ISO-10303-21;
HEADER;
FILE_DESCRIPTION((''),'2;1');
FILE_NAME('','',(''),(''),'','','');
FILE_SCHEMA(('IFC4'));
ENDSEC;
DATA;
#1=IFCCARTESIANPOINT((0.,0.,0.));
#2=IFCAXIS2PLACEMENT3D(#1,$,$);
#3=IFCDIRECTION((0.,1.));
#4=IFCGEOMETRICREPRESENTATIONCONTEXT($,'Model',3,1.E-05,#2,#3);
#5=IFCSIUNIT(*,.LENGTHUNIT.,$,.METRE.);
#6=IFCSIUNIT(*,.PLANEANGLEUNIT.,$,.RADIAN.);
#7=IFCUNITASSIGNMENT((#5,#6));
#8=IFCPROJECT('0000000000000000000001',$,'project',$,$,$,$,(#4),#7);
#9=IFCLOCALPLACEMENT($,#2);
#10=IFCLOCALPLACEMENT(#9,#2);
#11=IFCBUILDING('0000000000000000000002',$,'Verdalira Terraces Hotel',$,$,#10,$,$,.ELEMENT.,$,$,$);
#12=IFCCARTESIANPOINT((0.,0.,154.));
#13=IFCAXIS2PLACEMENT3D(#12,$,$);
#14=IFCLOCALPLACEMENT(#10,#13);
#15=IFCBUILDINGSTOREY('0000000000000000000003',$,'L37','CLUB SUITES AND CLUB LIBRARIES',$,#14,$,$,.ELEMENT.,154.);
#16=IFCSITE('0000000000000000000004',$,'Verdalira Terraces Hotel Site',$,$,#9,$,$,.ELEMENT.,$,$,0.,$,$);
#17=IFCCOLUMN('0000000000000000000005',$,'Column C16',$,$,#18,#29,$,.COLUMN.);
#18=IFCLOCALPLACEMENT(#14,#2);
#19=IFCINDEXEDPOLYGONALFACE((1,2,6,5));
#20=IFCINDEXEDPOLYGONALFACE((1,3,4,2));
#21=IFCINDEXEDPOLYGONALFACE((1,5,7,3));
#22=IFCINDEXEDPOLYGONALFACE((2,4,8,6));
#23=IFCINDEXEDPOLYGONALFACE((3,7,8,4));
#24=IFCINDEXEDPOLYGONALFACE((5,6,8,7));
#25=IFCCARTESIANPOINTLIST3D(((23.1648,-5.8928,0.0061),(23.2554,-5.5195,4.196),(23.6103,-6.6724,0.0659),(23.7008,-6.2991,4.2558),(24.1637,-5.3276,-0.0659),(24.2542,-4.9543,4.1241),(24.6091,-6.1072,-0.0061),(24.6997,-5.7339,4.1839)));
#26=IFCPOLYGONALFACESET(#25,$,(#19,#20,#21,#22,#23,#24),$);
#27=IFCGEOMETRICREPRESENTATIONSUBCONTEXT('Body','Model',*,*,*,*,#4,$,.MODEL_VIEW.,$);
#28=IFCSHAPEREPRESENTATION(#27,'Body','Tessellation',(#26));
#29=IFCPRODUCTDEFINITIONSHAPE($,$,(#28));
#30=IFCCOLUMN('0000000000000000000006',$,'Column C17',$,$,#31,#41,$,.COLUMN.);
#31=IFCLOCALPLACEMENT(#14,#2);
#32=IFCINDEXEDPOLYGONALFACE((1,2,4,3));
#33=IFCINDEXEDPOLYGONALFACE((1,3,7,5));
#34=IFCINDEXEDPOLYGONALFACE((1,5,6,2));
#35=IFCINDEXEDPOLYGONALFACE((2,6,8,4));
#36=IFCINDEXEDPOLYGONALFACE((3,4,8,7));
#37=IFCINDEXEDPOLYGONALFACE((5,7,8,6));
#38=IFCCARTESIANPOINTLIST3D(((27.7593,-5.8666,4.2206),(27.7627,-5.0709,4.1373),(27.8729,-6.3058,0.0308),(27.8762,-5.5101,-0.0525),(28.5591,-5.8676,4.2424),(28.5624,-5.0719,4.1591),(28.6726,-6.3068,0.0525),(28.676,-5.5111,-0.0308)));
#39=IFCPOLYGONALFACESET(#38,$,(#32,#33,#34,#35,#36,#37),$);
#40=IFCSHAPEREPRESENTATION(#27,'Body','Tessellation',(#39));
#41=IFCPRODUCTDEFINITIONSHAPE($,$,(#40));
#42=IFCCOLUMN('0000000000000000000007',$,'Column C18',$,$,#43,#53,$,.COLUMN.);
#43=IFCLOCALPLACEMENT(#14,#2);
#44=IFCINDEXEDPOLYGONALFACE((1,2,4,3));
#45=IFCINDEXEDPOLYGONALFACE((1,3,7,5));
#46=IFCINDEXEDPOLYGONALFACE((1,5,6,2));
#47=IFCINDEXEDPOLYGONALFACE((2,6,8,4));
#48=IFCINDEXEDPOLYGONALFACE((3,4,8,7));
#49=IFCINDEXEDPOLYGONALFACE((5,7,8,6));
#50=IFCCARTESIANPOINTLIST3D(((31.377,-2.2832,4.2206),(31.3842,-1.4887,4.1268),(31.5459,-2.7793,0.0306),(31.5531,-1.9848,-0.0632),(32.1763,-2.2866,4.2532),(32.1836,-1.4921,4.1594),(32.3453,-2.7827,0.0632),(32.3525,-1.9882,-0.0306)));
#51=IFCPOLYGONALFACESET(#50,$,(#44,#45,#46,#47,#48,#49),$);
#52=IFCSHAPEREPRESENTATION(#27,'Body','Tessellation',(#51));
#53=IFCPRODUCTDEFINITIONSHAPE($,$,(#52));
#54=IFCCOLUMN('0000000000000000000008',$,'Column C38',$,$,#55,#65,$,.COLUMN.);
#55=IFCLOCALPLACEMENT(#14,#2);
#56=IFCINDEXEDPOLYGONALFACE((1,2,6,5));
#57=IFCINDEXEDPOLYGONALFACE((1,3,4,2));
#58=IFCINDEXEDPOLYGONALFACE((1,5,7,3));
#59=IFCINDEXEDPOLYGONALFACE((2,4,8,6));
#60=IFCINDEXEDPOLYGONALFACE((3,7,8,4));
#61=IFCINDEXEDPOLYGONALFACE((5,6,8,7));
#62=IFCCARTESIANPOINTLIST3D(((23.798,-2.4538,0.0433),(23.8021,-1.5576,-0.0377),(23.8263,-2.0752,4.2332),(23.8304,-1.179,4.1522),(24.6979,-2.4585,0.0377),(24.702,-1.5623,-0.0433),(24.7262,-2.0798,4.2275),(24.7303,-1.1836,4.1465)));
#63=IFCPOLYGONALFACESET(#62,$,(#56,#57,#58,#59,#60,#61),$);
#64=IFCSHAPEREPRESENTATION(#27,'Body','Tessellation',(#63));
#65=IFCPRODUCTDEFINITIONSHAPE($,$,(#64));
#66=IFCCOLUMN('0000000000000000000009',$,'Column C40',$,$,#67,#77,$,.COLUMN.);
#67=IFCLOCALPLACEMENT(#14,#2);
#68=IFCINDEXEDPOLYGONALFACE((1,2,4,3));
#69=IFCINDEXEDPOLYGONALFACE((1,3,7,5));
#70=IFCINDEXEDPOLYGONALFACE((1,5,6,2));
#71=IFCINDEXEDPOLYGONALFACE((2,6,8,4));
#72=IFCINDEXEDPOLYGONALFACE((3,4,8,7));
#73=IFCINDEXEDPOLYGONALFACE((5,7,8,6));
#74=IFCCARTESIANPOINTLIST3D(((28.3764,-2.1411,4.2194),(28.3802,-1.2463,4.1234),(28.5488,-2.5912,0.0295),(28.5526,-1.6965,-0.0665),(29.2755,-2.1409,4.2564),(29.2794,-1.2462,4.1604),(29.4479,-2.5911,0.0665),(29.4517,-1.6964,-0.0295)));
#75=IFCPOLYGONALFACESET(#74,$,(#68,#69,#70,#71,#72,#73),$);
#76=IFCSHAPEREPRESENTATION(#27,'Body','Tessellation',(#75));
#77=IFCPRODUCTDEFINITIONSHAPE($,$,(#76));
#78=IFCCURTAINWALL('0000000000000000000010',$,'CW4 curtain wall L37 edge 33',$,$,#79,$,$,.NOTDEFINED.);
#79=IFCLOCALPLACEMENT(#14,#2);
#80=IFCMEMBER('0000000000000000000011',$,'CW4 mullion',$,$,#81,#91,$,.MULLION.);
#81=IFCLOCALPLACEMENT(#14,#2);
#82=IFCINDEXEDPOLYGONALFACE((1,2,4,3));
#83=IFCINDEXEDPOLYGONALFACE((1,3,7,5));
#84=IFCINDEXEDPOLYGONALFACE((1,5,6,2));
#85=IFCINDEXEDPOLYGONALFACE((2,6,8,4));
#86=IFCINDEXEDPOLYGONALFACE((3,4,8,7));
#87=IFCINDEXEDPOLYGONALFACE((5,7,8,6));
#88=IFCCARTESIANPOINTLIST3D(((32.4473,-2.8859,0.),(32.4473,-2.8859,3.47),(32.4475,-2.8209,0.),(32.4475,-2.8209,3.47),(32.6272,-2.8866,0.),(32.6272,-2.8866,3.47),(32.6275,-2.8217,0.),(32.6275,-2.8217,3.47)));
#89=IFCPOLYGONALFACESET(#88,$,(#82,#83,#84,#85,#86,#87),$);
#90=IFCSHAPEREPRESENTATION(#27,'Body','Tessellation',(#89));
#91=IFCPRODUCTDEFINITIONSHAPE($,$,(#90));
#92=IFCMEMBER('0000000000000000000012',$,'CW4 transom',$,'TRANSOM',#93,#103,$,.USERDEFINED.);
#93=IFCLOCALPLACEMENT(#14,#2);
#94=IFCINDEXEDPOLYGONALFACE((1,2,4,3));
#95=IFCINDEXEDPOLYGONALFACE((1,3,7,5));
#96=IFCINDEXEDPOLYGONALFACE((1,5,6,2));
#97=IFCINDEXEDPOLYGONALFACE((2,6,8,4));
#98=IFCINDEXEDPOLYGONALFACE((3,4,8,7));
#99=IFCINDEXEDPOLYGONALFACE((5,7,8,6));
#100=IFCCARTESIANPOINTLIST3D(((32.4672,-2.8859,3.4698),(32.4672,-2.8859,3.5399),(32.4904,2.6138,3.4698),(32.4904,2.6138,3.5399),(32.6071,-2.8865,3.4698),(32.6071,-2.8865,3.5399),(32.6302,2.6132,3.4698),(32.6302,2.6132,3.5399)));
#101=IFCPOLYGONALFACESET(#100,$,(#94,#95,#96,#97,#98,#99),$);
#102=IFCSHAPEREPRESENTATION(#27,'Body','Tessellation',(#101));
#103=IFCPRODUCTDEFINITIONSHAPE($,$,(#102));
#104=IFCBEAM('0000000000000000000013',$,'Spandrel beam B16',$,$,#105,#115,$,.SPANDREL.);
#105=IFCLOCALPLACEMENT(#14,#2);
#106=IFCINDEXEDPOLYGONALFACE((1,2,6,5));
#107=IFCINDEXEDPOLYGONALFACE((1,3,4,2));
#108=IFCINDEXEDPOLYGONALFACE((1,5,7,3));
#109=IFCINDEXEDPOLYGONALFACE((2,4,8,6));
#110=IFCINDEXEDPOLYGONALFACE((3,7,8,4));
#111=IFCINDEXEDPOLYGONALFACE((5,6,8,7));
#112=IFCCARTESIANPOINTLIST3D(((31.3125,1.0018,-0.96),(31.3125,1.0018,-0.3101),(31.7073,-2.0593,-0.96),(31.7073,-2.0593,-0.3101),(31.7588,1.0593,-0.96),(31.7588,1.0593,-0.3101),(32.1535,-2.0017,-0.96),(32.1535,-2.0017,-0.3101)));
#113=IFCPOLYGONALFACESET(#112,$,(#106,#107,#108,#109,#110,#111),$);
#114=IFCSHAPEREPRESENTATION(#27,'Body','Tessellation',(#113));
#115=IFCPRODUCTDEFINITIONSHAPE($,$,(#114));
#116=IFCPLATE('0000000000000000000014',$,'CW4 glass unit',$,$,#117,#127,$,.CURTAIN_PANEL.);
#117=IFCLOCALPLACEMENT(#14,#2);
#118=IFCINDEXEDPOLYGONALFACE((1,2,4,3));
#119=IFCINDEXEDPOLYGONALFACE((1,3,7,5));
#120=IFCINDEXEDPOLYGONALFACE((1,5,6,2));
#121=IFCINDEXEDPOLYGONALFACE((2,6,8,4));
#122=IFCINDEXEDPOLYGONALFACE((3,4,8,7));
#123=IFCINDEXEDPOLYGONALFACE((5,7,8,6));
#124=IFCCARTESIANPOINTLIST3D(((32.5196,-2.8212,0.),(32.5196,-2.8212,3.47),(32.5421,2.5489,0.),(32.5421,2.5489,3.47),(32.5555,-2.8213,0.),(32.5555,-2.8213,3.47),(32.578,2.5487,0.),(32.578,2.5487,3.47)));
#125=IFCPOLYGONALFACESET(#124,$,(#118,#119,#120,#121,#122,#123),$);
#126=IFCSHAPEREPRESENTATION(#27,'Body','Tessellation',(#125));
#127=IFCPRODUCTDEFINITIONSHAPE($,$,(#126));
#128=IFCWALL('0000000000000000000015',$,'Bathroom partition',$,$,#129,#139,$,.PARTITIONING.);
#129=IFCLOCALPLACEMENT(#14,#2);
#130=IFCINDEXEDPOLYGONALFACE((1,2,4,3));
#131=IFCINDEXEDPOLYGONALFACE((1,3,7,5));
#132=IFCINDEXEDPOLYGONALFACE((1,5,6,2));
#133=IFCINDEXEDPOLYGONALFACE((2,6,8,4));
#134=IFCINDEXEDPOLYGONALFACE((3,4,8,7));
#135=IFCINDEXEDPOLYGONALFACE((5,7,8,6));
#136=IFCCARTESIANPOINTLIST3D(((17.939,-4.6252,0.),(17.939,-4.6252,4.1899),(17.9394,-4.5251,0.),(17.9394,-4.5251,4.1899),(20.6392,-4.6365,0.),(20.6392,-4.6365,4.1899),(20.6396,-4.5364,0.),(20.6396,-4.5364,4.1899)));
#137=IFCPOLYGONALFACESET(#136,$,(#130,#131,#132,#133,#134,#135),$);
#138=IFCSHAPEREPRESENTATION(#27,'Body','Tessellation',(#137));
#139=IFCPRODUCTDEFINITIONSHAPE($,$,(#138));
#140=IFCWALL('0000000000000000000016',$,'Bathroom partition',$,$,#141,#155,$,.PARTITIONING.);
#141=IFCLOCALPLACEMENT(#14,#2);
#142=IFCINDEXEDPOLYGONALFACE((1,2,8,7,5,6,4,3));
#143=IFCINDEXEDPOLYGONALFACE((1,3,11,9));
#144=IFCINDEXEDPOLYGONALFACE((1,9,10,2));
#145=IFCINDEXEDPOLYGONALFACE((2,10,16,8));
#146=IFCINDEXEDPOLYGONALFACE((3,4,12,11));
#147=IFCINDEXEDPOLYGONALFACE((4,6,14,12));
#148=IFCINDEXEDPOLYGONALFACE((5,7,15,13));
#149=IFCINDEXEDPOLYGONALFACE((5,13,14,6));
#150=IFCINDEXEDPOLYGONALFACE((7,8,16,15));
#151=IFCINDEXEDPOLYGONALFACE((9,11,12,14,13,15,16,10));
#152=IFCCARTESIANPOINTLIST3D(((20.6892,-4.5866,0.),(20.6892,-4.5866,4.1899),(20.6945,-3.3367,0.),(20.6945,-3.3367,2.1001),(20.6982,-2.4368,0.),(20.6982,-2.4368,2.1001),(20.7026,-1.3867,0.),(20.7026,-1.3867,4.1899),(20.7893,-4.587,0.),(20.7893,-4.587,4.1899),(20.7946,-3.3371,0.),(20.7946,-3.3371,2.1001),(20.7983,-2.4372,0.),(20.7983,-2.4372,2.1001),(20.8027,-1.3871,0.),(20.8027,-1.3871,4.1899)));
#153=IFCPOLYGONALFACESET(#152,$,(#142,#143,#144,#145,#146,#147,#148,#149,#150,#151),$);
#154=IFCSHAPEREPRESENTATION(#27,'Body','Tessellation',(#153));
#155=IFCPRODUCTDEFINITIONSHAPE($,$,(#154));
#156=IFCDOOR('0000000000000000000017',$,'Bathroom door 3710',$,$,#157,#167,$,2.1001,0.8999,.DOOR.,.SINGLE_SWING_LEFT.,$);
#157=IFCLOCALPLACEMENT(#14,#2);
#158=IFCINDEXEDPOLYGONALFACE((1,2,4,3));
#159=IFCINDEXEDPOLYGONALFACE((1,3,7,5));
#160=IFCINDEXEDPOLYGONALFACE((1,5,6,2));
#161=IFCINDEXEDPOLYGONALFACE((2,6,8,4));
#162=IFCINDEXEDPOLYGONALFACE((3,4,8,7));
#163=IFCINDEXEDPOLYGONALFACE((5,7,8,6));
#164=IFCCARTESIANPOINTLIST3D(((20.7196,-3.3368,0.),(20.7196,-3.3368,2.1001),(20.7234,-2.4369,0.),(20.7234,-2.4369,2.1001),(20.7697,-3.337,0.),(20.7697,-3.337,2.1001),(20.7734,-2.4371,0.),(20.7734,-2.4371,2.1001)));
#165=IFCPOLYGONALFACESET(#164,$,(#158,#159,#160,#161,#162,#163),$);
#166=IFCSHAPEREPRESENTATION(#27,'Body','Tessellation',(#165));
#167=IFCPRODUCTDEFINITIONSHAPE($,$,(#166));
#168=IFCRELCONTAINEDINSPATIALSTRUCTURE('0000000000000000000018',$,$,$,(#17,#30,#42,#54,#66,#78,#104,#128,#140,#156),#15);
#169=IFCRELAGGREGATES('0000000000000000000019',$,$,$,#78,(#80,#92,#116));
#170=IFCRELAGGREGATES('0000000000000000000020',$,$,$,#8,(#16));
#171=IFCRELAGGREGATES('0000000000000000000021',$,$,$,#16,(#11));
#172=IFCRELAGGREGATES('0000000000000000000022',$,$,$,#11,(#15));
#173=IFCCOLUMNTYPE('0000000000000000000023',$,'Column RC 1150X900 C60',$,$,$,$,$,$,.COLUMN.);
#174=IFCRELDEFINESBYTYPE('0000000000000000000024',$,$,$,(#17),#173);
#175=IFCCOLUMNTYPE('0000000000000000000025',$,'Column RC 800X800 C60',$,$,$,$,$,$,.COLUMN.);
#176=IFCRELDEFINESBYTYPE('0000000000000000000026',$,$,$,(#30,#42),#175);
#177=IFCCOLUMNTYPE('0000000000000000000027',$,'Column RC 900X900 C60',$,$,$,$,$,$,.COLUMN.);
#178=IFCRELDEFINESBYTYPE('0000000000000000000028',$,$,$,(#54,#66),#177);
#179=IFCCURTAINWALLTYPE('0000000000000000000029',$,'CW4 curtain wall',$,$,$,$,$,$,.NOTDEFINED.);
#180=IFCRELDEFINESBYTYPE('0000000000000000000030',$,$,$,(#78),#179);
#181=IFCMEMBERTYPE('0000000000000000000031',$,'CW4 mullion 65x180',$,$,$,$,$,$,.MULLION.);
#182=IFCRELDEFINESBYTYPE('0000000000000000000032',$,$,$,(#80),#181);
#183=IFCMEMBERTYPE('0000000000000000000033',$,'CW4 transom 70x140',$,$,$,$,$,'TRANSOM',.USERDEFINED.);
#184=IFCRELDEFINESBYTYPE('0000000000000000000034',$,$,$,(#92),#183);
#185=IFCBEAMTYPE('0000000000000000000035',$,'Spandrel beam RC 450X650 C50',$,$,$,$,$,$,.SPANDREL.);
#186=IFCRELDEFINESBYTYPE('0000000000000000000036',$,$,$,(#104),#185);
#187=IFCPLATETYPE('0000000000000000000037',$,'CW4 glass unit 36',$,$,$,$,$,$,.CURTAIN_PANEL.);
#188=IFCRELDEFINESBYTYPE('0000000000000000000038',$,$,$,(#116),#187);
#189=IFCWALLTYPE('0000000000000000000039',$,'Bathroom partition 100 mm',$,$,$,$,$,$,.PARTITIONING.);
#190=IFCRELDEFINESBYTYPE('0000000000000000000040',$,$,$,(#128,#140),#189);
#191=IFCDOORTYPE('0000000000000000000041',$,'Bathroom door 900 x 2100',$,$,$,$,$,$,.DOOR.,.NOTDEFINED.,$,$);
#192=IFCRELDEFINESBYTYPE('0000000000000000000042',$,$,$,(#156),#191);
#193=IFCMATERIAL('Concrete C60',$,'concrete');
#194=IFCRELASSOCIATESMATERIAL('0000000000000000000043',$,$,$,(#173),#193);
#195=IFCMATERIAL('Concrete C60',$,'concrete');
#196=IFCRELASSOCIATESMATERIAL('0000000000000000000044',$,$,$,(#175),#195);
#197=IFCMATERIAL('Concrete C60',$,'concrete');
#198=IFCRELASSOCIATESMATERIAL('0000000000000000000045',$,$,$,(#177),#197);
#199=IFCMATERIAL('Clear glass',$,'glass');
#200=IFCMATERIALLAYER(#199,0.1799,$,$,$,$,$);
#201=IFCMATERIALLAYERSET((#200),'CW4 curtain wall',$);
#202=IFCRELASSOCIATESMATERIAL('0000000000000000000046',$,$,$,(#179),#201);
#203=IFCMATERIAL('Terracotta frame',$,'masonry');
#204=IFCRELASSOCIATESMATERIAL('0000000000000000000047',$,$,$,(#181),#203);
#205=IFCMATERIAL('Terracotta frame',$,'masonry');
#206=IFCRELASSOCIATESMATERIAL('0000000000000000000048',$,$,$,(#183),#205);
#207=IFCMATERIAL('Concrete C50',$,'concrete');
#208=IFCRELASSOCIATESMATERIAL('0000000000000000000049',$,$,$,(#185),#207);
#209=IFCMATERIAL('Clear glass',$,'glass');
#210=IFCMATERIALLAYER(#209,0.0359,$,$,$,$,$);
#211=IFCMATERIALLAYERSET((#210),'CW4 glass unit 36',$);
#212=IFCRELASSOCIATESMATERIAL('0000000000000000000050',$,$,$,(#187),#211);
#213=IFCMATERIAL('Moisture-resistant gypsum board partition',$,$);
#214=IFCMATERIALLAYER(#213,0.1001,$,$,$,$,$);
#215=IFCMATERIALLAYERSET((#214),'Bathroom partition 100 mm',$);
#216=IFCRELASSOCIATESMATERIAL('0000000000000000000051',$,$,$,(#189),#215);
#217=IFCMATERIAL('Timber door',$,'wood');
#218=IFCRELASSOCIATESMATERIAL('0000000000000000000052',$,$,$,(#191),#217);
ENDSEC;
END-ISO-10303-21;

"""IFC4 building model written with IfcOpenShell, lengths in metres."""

from ifc_helpers import new_model, si_unit, direction, frame, frame_2d, origin, origin_2d, place, context, subcontext, project, spatial, rectangle, extrude, material, layer, layer_set, material_profile, profile_set, type_object, element, fill, aggregate, save


model = new_model("IFC4")

# Units and contexts
model_context = context("Model", 3, precision=1e-05, world=origin(), true_north=direction((0.0, 1.0)))
body_context = subcontext(model_context, "Body", "Model", "MODEL_VIEW")
ifc_project = project(units=[si_unit("LENGTHUNIT", "METRE"), si_unit("PLANEANGLEUNIT", "RADIAN")], contexts=[model_context])

# Site, building, storey
site_placement = place(None, origin())
site = spatial("IfcSite", under=ifc_project, at=site_placement, Name="Verdalira Terraces Hotel Site", CompositionType="ELEMENT", RefElevation=0.0)
building_placement = place(site_placement, origin())
building = spatial("IfcBuilding", under=site, at=building_placement, Name="Verdalira Terraces Hotel", CompositionType="ELEMENT")
storey_placement = place(building_placement, frame((0.0, 0.0, 154.0)))
storey = spatial("IfcBuildingStorey", under=building, at=storey_placement, Name="L37", Description="CLUB SUITES AND CLUB LIBRARIES", CompositionType="ELEMENT", Elevation=154.0)

# Columns
ifc_material_1 = material(Name="Concrete C60", Category="concrete")
ifc_material_profile_1 = material_profile(ifc_material_1, rectangle(XDim=1.1499, YDim=0.8999, at=origin_2d()), Name="RC 1150X900")
ifc_profile_set_1 = profile_set([ifc_material_profile_1], Name="Concrete C60")
column_type_1 = type_object("IfcColumnType", Name="Column RC 1150X900 C60", PredefinedType="COLUMN", material=ifc_profile_set_1)
column_1_placement = place(storey_placement, frame((23.887, -6.0, 0.0), z_axis=(0.021527, 0.08872, 0.995824), x_axis=(-0.868633, -0.49149, 0.062566)))
element("IfcColumn", 1, at=column_1_placement, inside=storey, type_object=column_type_1, Name="Column C16", PredefinedType="COLUMN", context=body_context, shape_type="SweptSolid", body=[
    extrude(rectangle(XDim=1.1499, YDim=0.8999, at=origin_2d()), origin(), (0.0, 0.0, 1.0), 4.2075),
])
ifc_material_2 = material(Name="Concrete C60", Category="concrete")
ifc_material_profile_2 = material_profile(ifc_material_2, rectangle(XDim=0.8, YDim=0.8, at=origin_2d()), Name="RC 800X800")
ifc_profile_set_2 = profile_set([ifc_material_profile_2], Name="Concrete C60")
column_type_2 = type_object("IfcColumnType", Name="Column RC 800X800 C60", PredefinedType="COLUMN", material=ifc_profile_set_2)
column_2_placement = place(storey_placement, frame((28.2744, -5.9084, 0.0), z_axis=(-0.026937, 0.104216, 0.99419), x_axis=(0.999628, -0.001344, 0.027226)))
element("IfcColumn", 2, at=column_2_placement, inside=storey, type_object=column_type_2, Name="Column C17", PredefinedType="COLUMN", context=body_context, shape_type="SweptSolid", body=[
    extrude(rectangle(XDim=0.8, YDim=0.8, at=origin_2d()), origin(), (0.0, 0.0, 1.0), 4.2144),
])
column_3_placement = place(storey_placement, frame((31.9492, -2.3838, 0.0), z_axis=(-0.04001, 0.117486, 0.992268), x_axis=(0.009029, 0.993065, -0.117216)))
element("IfcColumn", 3, at=column_3_placement, inside=storey, type_object=column_type_2, Name="Column C18", PredefinedType="COLUMN", context=body_context, shape_type="SweptSolid", body=[
    extrude(rectangle(XDim=0.8, YDim=0.8, at=origin_2d()), origin(), (0.0, 0.0, 1.0), 4.2227),
])
ifc_material_3 = material(Name="Concrete C60", Category="concrete")
ifc_material_profile_3 = material_profile(ifc_material_3, rectangle(XDim=0.8999, YDim=0.8999, at=origin_2d()), Name="RC 900X900")
ifc_profile_set_3 = profile_set([ifc_material_profile_3], Name="Concrete C60")
column_type_3 = type_object("IfcColumnType", Name="Column RC 900X900 C60", PredefinedType="COLUMN", material=ifc_profile_set_3)
column_4_placement = place(storey_placement, frame((24.25, -2.0081, 0.0), z_axis=(0.006732, 0.090005, 0.995919), x_axis=(0.999967, -0.005169, -0.006292)))
element("IfcColumn", 4, at=column_4_placement, inside=storey, type_object=column_type_3, Name="Column C38", PredefinedType="COLUMN", context=body_context, shape_type="SweptSolid", body=[
    extrude(rectangle(XDim=0.8999, YDim=0.8999, at=origin_2d()), origin(), (0.0, 0.0, 1.0), 4.207),
])
column_5_placement = place(storey_placement, frame((29.0002, -2.1438, 0.0), z_axis=(-0.040868, 0.106743, 0.993446), x_axis=(0.999156, 0.000149, 0.041087)))
element("IfcColumn", 5, at=column_5_placement, inside=storey, type_object=column_type_3, Name="Column C40", PredefinedType="COLUMN", context=body_context, shape_type="SweptSolid", body=[
    extrude(rectangle(XDim=0.8999, YDim=0.8999, at=origin_2d()), origin(), (0.0, 0.0, 1.0), 4.2175),
])

# Curtain wall, members
ifc_material_4 = material(Name="Clear glass", Category="glass")
ifc_layer_1 = layer(ifc_material_4, 0.1799)
ifc_layer_set_1 = layer_set([ifc_layer_1], Name="CW4 curtain wall")
curtain_wall_type = type_object("IfcCurtainWallType", Name="CW4 curtain wall", PredefinedType="NOTDEFINED", material=ifc_layer_set_1)
curtain_wall_placement = place(storey_placement, origin())
curtain_wall = element("IfcCurtainWall", 6, at=curtain_wall_placement, inside=storey, type_object=curtain_wall_type, Name="CW4 curtain wall L37 edge 33", PredefinedType="NOTDEFINED")
ifc_material_5 = material(Name="Terracotta frame", Category="masonry")
ifc_material_profile_4 = material_profile(ifc_material_5, rectangle(XDim=0.0649, YDim=0.1799, at=origin_2d()), Name="MU 65x180")
ifc_profile_set_4 = profile_set([ifc_material_profile_4], Name="Terracotta frame")
member_type_1 = type_object("IfcMemberType", Name="CW4 mullion 65x180", PredefinedType="MULLION", material=ifc_profile_set_4)
member_1_placement = place(storey_placement, frame((32.5374, -2.8538, 0.0), z_axis=(0.0, 0.0, 1.0), x_axis=(0.004189, 0.999991, 0.0)))
member_1 = element("IfcMember", 7, at=member_1_placement, type_object=member_type_1, Name="CW4 mullion", PredefinedType="MULLION", context=body_context, shape_type="SweptSolid", body=[
    extrude(rectangle(XDim=0.0649, YDim=0.1799, at=origin_2d()), origin(), (0.0, 0.0, 1.0), 3.47),
])
ifc_material_6 = material(Name="Terracotta frame", Category="masonry")
ifc_material_profile_5 = material_profile(ifc_material_6, rectangle(XDim=0.1399, YDim=0.0701, at=origin_2d()), Name="TR 70x140")
ifc_profile_set_5 = profile_set([ifc_material_profile_5], Name="Terracotta frame")
member_type_2 = type_object("IfcMemberType", Name="CW4 transom 70x140", ElementType="TRANSOM", PredefinedType="USERDEFINED", material=ifc_profile_set_5)
member_2_placement = place(storey_placement, frame((32.5371, -2.8862, 3.5049), z_axis=(0.004217, 0.999991, 0.0), x_axis=(-0.999991, 0.004217, 0.0)))
member_2 = element("IfcMember", 8, at=member_2_placement, type_object=member_type_2, Name="CW4 transom", ObjectType="TRANSOM", PredefinedType="USERDEFINED", context=body_context, shape_type="SweptSolid", body=[
    extrude(rectangle(XDim=0.1399, YDim=0.0701, at=origin_2d()), origin(), (0.0, 0.0, 1.0), 5.4998),
])

# Beam
ifc_material_7 = material(Name="Concrete C50", Category="concrete")
ifc_material_profile_6 = material_profile(ifc_material_7, rectangle(XDim=0.45, YDim=0.6499, at=origin_2d()), Name="RC 450X650")
ifc_profile_set_6 = profile_set([ifc_material_profile_6], Name="Concrete C50")
beam_type = type_object("IfcBeamType", Name="Spandrel beam RC 450X650 C50", PredefinedType="SPANDREL", material=ifc_profile_set_6)
beam_placement = place(storey_placement, frame((31.9304, -2.0305, -0.635), z_axis=(-0.127909, 0.991786, 0.0), x_axis=(-0.991786, -0.127909, 0.0)))
element("IfcBeam", 9, at=beam_placement, inside=storey, type_object=beam_type, Name="Spandrel beam B16", PredefinedType="SPANDREL", context=body_context, shape_type="SweptSolid", body=[
    extrude(rectangle(XDim=0.45, YDim=0.6499, at=origin_2d()), origin(), (0.0, 0.0, 1.0), 3.0864),
])

# Plate
ifc_material_8 = material(Name="Clear glass", Category="glass")
ifc_layer_2 = layer(ifc_material_8, 0.0359)
ifc_layer_set_2 = layer_set([ifc_layer_2], Name="CW4 glass unit 36")
plate_type = type_object("IfcPlateType", Name="CW4 glass unit 36", PredefinedType="CURTAIN_PANEL", material=ifc_layer_set_2)
plate_placement = place(storey_placement, frame((32.5488, -0.1362, 0.0), z_axis=(0.0, 0.0, 1.0), x_axis=(0.004189, 0.999991, 0.0)))
plate = element("IfcPlate", 10, at=plate_placement, type_object=plate_type, Name="CW4 glass unit", PredefinedType="CURTAIN_PANEL", context=body_context, shape_type="SweptSolid", body=[
    extrude(rectangle(XDim=5.3701, YDim=0.0359, at=origin_2d()), origin(), (0.0, 0.0, 1.0), 3.47),
])
aggregate(curtain_wall, [member_1, member_2, plate])

# Wall
ifc_material_9 = material(Name="Moisture-resistant gypsum board partition")
ifc_layer_3 = layer(ifc_material_9, 0.1001)
ifc_layer_set_3 = layer_set([ifc_layer_3], Name="Bathroom partition 100 mm")
wall_type_1 = type_object("IfcWallType", Name="Bathroom partition 100 mm", PredefinedType="PARTITIONING", material=ifc_layer_set_3)
wall_1_placement = place(storey_placement, frame((20.6394, -4.5864, 0.0), z_axis=(0.0, 0.0, 1.0), x_axis=(-0.999991, 0.004159, 0.0)))
element("IfcWall", 11, at=wall_1_placement, inside=storey, type_object=wall_type_1, Name="Bathroom partition", PredefinedType="PARTITIONING", context=body_context, shape_type="SweptSolid", body=[
    extrude(rectangle(XDim=2.7002, YDim=0.1001, at=frame_2d((1.3501, 0.0))), origin(), (0.0, 0.0, 1.0), 4.1899),
])

# Wall, opening, door
wall_2_placement = place(storey_placement, frame((20.7393, -4.5869, 0.0), z_axis=(0.0, 0.0, 1.0), x_axis=(0.004196, 0.999991, 0.0)))
wall_2 = element("IfcWall", 12, at=wall_2_placement, inside=storey, type_object=wall_type_1, Name="Bathroom partition", PredefinedType="PARTITIONING", context=body_context, shape_type="SweptSolid", body=[
    extrude(rectangle(XDim=3.2, YDim=0.1001, at=frame_2d((1.6001, 0.0))), origin(), (0.0, 0.0, 1.0), 4.1899),
])
opening_1_placement = place(wall_2_placement, frame((1.25, 0.0, 0.0)))
opening_1 = element("IfcOpeningElement", 13, at=opening_1_placement, cuts=wall_2, PredefinedType="OPENING", context=body_context, shape_type="SweptSolid", body=[
    extrude(rectangle(XDim=0.8999, YDim=2.1001, at=frame_2d((0.45, 1.05))), frame((0.0, 0.0601, 0.0), z_axis=(0.0, -1.0, 0.0), x_axis=(1.0, 0.0, 0.0)), (0.0, 0.0, 1.0), 0.1201),
])
ifc_material_10 = material(Name="Timber door", Category="wood")
door_type_1 = type_object("IfcDoorType", Name="Bathroom door 900 x 2100", OperationType="NOTDEFINED", PredefinedType="DOOR", material=ifc_material_10)
door_1_placement = place(opening_1_placement, origin())
door_1 = element("IfcDoor", 14, at=door_1_placement, inside=storey, type_object=door_type_1, Name="Bathroom door 3710", OperationType="SINGLE_SWING_LEFT", OverallHeight=2.1001, OverallWidth=0.8999, PredefinedType="DOOR", context=body_context, shape_type="SweptSolid", body=[
    extrude(rectangle(XDim=0.8999, YDim=2.1001, at=frame_2d((0.45, 1.05))), frame((0.0, 0.0249, 0.0), z_axis=(0.0, -1.0, 0.0), x_axis=(1.0, 0.0, 0.0)), (0.0, 0.0, 1.0), 0.05),
])
fill(opening_1, door_1)

save(model, "model.ifc")
